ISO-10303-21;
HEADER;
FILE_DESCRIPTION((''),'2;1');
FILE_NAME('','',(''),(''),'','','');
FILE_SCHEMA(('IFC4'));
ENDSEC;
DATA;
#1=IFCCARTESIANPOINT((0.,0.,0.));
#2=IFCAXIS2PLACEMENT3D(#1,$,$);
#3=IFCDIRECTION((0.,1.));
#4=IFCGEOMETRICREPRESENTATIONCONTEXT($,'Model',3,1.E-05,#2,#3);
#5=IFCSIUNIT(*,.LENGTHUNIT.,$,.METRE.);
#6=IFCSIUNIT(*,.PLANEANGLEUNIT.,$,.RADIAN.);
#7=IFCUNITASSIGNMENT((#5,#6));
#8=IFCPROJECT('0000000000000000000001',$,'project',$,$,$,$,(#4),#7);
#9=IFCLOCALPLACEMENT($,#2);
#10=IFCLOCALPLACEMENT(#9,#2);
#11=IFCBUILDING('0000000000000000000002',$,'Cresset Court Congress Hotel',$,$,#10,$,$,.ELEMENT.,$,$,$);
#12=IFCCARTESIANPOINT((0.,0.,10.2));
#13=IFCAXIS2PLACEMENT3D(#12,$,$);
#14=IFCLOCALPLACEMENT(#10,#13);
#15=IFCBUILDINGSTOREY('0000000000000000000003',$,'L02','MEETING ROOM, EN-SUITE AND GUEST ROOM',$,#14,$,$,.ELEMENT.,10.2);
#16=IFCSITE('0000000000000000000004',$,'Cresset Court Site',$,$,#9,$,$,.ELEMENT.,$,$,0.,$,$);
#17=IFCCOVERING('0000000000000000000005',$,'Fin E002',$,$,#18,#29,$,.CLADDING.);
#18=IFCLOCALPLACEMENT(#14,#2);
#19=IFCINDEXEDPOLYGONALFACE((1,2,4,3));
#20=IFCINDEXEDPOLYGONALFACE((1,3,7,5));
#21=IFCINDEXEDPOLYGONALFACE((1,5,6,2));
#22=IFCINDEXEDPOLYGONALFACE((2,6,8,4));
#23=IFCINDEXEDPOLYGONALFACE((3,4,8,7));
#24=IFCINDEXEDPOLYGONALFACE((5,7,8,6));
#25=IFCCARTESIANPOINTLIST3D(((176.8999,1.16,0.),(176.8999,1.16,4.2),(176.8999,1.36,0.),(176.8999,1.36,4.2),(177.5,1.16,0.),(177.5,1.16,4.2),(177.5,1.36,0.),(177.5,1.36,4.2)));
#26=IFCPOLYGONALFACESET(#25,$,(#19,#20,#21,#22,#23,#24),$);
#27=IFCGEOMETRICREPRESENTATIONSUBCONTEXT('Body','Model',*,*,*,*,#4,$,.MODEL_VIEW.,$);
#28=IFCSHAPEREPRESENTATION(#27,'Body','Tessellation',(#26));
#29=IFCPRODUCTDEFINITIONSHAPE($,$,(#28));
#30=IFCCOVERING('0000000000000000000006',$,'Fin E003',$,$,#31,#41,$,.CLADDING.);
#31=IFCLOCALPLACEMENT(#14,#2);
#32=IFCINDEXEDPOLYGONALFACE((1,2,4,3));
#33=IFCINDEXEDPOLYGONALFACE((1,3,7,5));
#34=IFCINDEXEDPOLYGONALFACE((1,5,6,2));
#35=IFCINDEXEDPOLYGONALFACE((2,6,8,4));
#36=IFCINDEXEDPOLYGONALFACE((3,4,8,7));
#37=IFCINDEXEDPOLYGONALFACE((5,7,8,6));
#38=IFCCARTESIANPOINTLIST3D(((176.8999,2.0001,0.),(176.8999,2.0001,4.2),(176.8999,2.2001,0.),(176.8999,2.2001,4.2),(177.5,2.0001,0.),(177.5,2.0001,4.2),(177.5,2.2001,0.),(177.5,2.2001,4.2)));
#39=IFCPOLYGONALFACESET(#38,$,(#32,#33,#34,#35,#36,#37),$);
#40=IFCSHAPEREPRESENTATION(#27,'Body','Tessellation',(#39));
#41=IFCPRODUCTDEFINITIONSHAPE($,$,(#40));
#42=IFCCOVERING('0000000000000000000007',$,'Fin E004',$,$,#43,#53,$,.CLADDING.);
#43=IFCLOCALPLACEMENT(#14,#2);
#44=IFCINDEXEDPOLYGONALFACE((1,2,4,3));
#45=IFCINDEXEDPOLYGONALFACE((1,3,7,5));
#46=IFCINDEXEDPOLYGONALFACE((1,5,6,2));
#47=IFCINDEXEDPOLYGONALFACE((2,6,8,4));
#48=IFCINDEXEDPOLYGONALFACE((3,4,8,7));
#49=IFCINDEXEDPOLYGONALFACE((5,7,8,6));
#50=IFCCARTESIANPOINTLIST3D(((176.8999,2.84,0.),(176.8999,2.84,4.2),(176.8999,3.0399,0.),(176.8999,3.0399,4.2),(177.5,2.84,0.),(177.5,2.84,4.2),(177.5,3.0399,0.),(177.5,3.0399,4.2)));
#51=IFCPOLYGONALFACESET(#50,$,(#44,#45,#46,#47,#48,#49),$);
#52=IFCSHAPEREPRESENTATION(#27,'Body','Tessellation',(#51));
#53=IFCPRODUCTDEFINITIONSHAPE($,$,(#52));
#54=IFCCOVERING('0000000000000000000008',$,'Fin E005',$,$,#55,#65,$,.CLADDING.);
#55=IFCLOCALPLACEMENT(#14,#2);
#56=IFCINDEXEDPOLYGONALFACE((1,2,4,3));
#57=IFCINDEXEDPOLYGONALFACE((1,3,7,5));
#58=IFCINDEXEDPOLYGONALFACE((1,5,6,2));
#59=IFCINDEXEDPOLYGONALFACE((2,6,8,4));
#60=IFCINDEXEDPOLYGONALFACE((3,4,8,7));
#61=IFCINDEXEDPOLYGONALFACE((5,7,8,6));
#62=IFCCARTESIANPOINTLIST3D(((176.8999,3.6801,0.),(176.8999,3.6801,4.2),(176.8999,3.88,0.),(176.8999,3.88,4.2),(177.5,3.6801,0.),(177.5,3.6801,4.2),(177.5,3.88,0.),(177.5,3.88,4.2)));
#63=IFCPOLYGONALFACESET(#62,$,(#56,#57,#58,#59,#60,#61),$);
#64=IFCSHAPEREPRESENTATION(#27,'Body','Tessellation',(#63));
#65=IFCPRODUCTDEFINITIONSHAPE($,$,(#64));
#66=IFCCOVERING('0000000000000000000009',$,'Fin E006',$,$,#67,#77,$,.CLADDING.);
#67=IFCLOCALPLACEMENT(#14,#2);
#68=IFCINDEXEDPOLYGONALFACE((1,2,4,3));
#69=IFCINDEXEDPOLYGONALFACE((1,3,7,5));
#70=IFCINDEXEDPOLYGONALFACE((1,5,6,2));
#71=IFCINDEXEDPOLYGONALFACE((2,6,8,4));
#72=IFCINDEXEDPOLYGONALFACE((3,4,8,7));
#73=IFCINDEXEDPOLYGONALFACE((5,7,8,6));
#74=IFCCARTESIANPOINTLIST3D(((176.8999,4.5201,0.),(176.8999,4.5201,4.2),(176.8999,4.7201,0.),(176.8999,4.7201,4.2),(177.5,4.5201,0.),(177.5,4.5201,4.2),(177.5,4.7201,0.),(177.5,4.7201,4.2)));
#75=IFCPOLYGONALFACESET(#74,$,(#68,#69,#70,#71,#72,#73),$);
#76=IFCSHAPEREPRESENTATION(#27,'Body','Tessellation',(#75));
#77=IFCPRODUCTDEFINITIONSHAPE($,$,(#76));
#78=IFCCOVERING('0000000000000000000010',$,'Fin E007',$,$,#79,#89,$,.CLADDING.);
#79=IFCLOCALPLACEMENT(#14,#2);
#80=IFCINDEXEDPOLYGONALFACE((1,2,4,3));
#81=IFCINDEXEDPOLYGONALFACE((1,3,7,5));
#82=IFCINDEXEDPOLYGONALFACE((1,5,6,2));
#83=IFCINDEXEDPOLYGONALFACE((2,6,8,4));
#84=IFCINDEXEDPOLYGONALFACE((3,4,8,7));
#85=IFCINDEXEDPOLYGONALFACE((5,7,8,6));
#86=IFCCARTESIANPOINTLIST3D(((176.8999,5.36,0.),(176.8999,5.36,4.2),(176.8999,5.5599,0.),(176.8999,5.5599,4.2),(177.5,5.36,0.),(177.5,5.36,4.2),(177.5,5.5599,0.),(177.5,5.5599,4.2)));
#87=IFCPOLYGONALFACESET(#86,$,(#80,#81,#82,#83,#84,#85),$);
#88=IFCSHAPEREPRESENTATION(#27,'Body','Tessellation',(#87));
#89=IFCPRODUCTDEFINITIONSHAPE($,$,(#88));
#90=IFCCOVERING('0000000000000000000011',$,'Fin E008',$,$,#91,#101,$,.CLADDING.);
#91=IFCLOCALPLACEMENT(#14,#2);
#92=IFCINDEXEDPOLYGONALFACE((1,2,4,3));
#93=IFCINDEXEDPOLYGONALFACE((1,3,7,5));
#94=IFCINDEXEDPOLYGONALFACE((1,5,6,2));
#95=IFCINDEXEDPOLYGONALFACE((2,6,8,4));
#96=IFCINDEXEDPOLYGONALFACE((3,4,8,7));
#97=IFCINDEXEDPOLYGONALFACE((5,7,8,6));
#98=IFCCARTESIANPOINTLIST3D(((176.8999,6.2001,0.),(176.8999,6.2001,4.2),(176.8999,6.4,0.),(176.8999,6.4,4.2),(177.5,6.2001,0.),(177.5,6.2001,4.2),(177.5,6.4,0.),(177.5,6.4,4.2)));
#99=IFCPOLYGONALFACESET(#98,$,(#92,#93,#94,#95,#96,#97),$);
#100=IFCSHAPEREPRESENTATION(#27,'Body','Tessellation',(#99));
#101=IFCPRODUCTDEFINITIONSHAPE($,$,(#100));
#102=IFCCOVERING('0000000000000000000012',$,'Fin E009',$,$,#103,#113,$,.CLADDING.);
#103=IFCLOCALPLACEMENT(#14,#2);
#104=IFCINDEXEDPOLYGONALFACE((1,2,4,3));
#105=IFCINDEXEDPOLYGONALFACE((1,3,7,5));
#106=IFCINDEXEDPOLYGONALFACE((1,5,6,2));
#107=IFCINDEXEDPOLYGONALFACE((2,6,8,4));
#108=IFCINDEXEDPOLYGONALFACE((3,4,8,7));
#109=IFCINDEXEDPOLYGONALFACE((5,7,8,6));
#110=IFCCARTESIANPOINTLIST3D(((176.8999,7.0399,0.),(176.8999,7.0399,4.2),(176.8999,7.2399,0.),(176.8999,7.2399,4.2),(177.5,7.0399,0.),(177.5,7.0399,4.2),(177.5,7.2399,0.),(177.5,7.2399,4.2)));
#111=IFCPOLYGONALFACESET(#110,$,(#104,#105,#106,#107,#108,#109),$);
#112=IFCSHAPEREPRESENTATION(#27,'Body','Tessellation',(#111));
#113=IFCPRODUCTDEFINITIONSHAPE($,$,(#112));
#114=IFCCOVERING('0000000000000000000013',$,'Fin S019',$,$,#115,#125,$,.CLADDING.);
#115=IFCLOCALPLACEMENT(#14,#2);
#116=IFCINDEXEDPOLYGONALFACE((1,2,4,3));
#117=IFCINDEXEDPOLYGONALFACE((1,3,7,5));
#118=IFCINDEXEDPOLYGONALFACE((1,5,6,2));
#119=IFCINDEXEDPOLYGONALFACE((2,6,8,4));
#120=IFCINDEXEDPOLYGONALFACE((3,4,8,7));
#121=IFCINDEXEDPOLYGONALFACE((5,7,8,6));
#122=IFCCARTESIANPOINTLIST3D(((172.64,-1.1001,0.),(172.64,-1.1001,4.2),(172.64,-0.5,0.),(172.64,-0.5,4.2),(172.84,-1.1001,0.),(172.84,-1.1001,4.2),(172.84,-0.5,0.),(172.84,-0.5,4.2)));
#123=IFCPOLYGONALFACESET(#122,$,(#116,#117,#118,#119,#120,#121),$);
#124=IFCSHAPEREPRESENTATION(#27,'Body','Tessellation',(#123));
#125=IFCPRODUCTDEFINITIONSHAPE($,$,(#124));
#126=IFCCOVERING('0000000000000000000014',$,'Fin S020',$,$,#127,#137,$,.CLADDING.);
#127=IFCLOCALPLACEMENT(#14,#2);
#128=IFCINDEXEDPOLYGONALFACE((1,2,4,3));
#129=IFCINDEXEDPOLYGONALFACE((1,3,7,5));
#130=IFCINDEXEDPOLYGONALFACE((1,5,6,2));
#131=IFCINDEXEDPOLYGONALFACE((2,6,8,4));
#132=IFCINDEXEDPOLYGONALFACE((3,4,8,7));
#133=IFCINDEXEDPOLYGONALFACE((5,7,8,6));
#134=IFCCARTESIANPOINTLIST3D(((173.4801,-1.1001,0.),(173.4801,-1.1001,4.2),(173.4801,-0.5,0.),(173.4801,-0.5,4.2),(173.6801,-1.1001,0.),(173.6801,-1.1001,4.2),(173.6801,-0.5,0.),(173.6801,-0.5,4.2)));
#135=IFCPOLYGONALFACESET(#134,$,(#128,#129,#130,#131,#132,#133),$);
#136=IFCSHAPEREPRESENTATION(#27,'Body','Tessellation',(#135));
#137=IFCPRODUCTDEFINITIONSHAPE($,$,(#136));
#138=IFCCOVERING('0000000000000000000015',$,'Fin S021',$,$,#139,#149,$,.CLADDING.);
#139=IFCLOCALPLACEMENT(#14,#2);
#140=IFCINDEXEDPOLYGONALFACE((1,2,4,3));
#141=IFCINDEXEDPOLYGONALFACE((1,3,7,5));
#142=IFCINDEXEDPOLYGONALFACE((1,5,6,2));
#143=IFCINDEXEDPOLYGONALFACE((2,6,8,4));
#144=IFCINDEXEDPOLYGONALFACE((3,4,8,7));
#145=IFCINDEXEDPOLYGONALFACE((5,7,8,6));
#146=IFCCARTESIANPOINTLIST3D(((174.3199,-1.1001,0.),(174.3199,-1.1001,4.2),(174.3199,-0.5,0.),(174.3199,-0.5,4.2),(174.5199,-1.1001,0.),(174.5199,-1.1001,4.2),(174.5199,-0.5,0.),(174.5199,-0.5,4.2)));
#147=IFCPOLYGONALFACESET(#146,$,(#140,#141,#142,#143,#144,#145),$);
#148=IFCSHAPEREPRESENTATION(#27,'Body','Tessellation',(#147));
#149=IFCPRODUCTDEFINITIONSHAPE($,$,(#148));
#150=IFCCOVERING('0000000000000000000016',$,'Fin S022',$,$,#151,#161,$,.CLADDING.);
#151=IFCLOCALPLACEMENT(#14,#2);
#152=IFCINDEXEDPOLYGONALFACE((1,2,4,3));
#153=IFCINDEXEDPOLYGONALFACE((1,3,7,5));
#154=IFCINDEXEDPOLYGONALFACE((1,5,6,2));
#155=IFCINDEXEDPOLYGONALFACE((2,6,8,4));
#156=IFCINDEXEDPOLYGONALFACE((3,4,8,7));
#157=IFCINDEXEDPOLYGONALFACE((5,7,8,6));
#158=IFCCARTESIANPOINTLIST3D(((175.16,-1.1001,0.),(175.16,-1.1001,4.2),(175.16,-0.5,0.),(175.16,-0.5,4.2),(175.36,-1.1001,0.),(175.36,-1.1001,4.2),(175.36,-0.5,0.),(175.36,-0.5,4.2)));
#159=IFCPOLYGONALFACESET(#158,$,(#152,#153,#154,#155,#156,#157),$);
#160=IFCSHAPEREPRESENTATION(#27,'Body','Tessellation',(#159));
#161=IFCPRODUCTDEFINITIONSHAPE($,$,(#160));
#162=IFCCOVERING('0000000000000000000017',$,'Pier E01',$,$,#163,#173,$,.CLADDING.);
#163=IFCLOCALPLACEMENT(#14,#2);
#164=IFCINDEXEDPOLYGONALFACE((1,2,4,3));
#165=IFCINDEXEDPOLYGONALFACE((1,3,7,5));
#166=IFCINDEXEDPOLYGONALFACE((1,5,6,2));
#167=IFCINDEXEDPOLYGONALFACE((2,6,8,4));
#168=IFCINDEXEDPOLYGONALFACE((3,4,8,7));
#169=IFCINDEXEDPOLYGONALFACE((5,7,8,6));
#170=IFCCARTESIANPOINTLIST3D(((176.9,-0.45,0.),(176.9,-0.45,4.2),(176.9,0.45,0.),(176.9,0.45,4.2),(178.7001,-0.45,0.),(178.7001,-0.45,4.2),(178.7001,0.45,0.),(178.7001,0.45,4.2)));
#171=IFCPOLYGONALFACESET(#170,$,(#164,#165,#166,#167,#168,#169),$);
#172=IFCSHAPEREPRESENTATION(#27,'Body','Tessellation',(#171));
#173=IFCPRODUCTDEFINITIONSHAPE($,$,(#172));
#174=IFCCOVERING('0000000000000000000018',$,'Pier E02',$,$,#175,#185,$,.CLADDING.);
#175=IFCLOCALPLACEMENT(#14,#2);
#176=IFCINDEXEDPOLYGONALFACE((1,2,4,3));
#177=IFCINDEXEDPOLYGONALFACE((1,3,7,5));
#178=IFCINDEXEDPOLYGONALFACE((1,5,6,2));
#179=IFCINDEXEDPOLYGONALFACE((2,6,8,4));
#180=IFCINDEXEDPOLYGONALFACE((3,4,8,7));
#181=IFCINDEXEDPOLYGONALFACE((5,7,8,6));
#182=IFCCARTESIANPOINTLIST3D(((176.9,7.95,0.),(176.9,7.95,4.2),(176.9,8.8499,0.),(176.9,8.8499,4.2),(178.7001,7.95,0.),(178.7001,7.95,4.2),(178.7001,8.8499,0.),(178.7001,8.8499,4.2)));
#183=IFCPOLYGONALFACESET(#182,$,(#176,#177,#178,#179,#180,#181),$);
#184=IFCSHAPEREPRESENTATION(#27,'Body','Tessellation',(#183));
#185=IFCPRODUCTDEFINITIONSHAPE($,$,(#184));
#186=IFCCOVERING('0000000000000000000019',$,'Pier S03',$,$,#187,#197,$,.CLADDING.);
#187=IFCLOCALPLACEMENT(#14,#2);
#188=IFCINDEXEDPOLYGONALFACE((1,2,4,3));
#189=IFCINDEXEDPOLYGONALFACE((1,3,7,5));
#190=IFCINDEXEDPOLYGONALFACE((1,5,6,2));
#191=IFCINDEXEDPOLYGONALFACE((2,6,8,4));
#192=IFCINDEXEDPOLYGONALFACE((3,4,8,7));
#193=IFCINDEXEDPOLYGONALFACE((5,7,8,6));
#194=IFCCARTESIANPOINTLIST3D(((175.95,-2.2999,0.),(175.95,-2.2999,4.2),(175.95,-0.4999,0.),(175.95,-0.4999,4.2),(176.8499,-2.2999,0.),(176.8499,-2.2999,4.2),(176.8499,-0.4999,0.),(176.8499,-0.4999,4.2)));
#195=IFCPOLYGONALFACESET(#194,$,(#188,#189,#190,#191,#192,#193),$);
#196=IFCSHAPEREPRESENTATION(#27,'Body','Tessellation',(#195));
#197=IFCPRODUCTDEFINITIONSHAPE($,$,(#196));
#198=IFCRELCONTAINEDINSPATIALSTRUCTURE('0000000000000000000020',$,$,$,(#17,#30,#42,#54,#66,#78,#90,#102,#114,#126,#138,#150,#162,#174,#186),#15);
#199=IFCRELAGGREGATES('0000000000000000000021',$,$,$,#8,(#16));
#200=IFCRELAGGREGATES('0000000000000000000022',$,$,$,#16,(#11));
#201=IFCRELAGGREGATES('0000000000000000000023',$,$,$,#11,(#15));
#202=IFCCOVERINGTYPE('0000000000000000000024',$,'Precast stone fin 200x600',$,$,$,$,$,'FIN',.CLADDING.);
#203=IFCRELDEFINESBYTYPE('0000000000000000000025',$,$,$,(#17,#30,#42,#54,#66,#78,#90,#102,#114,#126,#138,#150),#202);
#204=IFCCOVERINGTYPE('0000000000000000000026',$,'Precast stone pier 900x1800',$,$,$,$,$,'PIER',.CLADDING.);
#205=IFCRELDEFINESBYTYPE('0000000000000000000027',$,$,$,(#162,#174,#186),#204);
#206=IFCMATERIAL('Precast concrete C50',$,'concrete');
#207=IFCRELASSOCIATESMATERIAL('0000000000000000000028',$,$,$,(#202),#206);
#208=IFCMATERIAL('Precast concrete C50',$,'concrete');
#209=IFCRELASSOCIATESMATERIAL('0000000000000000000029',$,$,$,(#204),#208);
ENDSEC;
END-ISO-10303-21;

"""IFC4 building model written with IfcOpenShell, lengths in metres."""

from ifc_helpers import new_model, si_unit, direction, frame, origin, origin_2d, place, context, subcontext, project, spatial, rectangle, extrude, material, type_object, element, save


model = new_model("IFC4")

# Units and contexts
model_context = context("Model", 3, precision=1e-05, world=origin(), true_north=direction((0.0, 1.0)))
body_context = subcontext(model_context, "Body", "Model", "MODEL_VIEW")
ifc_project = project(units=[si_unit("LENGTHUNIT", "METRE"), si_unit("PLANEANGLEUNIT", "RADIAN")], contexts=[model_context])

# Site, building, storey
site_placement = place(None, origin())
site = spatial("IfcSite", under=ifc_project, at=site_placement, Name="Cresset Court Site", CompositionType="ELEMENT", RefElevation=0.0)
building_placement = place(site_placement, origin())
building = spatial("IfcBuilding", under=site, at=building_placement, Name="Cresset Court Congress Hotel", CompositionType="ELEMENT")
storey_placement = place(building_placement, frame((0.0, 0.0, 10.2)))
storey = spatial("IfcBuildingStorey", under=building, at=storey_placement, Name="L02", Description="MEETING ROOM, EN-SUITE AND GUEST ROOM", CompositionType="ELEMENT", Elevation=10.2)

# Coverings
ifc_material_1 = material(Name="Precast concrete C50", Category="concrete")
covering_type_1 = type_object("IfcCoveringType", Name="Precast stone fin 200x600", ElementType="FIN", PredefinedType="CLADDING", material=ifc_material_1)
for number, where, z_axis, x_axis, name in (
    (1, (177.2, 1.26, 0.0), (0.0, 0.0, 1.0), (1.0, 0.0, 0.0), "Fin E002"),
    (2, (177.2, 2.1001, 0.0), (0.0, 0.0, 1.0), (1.0, 0.0, 0.0), "Fin E003"),
    (3, (177.2, 2.9399, 0.0), (0.0, 0.0, 1.0), (1.0, 0.0, 0.0), "Fin E004"),
    (4, (177.2, 3.78, 0.0), (0.0, 0.0, 1.0), (1.0, 0.0, 0.0), "Fin E005"),
    (5, (177.2, 4.6201, 0.0), (0.0, 0.0, 1.0), (1.0, 0.0, 0.0), "Fin E006"),
    (6, (177.2, 5.46, 0.0), (0.0, 0.0, 1.0), (1.0, 0.0, 0.0), "Fin E007"),
    (7, (177.2, 6.3, 0.0), (0.0, 0.0, 1.0), (1.0, 0.0, 0.0), "Fin E008"),
    (8, (177.2, 7.1399, 0.0), (0.0, 0.0, 1.0), (1.0, 0.0, 0.0), "Fin E009"),
):
    element("IfcCovering", number, at=place(storey_placement, frame(where, z_axis=z_axis, x_axis=x_axis)), inside=storey, type_object=covering_type_1, Name=name, PredefinedType="CLADDING", context=body_context, shape_type="SweptSolid", body=[
        extrude(rectangle(XDim=0.6001, YDim=0.2, at=origin_2d()), origin(), (0.0, 0.0, 1.0), 4.2),
    ])
for number, where, z_axis, x_axis, name in (
    (9, (172.74, -0.8, 0.0), (0.0, 0.0, 1.0), (1.0, 0.0, 0.0), "Fin S019"),
    (10, (173.5801, -0.8, 0.0), (0.0, 0.0, 1.0), (1.0, 0.0, 0.0), "Fin S020"),
    (11, (174.4199, -0.8, 0.0), (0.0, 0.0, 1.0), (1.0, 0.0, 0.0), "Fin S021"),
    (12, (175.26, -0.8, 0.0), (0.0, 0.0, 1.0), (1.0, 0.0, 0.0), "Fin S022"),
):
    element("IfcCovering", number, at=place(storey_placement, frame(where, z_axis=z_axis, x_axis=x_axis)), inside=storey, type_object=covering_type_1, Name=name, PredefinedType="CLADDING", context=body_context, shape_type="SweptSolid", body=[
        extrude(rectangle(XDim=0.2, YDim=0.6001, at=origin_2d()), origin(), (0.0, 0.0, 1.0), 4.2),
    ])
ifc_material_2 = material(Name="Precast concrete C50", Category="concrete")
covering_type_2 = type_object("IfcCoveringType", Name="Precast stone pier 900x1800", ElementType="PIER", PredefinedType="CLADDING", material=ifc_material_2)
for number, where, z_axis, x_axis, name in (
    (13, (177.8, 0.0, 0.0), (0.0, 0.0, 1.0), (1.0, 0.0, 0.0), "Pier E01"),
    (14, (177.8, 8.3999, 0.0), (0.0, 0.0, 1.0), (1.0, 0.0, 0.0), "Pier E02"),
):
    element("IfcCovering", number, at=place(storey_placement, frame(where, z_axis=z_axis, x_axis=x_axis)), inside=storey, type_object=covering_type_2, Name=name, PredefinedType="CLADDING", context=body_context, shape_type="SweptSolid", body=[
        extrude(rectangle(XDim=1.8, YDim=0.8999, at=origin_2d()), origin(), (0.0, 0.0, 1.0), 4.2),
    ])
covering_placement = place(storey_placement, frame((176.3999, -1.3999, 0.0), z_axis=(0.0, 0.0, 1.0), x_axis=(1.0, 0.0, 0.0)))
element("IfcCovering", 15, at=covering_placement, inside=storey, type_object=covering_type_2, Name="Pier S03", PredefinedType="CLADDING", context=body_context, shape_type="SweptSolid", body=[
    extrude(rectangle(XDim=0.8999, YDim=1.8, at=origin_2d()), origin(), (0.0, 0.0, 1.0), 4.2),
])

save(model, "model.ifc")
